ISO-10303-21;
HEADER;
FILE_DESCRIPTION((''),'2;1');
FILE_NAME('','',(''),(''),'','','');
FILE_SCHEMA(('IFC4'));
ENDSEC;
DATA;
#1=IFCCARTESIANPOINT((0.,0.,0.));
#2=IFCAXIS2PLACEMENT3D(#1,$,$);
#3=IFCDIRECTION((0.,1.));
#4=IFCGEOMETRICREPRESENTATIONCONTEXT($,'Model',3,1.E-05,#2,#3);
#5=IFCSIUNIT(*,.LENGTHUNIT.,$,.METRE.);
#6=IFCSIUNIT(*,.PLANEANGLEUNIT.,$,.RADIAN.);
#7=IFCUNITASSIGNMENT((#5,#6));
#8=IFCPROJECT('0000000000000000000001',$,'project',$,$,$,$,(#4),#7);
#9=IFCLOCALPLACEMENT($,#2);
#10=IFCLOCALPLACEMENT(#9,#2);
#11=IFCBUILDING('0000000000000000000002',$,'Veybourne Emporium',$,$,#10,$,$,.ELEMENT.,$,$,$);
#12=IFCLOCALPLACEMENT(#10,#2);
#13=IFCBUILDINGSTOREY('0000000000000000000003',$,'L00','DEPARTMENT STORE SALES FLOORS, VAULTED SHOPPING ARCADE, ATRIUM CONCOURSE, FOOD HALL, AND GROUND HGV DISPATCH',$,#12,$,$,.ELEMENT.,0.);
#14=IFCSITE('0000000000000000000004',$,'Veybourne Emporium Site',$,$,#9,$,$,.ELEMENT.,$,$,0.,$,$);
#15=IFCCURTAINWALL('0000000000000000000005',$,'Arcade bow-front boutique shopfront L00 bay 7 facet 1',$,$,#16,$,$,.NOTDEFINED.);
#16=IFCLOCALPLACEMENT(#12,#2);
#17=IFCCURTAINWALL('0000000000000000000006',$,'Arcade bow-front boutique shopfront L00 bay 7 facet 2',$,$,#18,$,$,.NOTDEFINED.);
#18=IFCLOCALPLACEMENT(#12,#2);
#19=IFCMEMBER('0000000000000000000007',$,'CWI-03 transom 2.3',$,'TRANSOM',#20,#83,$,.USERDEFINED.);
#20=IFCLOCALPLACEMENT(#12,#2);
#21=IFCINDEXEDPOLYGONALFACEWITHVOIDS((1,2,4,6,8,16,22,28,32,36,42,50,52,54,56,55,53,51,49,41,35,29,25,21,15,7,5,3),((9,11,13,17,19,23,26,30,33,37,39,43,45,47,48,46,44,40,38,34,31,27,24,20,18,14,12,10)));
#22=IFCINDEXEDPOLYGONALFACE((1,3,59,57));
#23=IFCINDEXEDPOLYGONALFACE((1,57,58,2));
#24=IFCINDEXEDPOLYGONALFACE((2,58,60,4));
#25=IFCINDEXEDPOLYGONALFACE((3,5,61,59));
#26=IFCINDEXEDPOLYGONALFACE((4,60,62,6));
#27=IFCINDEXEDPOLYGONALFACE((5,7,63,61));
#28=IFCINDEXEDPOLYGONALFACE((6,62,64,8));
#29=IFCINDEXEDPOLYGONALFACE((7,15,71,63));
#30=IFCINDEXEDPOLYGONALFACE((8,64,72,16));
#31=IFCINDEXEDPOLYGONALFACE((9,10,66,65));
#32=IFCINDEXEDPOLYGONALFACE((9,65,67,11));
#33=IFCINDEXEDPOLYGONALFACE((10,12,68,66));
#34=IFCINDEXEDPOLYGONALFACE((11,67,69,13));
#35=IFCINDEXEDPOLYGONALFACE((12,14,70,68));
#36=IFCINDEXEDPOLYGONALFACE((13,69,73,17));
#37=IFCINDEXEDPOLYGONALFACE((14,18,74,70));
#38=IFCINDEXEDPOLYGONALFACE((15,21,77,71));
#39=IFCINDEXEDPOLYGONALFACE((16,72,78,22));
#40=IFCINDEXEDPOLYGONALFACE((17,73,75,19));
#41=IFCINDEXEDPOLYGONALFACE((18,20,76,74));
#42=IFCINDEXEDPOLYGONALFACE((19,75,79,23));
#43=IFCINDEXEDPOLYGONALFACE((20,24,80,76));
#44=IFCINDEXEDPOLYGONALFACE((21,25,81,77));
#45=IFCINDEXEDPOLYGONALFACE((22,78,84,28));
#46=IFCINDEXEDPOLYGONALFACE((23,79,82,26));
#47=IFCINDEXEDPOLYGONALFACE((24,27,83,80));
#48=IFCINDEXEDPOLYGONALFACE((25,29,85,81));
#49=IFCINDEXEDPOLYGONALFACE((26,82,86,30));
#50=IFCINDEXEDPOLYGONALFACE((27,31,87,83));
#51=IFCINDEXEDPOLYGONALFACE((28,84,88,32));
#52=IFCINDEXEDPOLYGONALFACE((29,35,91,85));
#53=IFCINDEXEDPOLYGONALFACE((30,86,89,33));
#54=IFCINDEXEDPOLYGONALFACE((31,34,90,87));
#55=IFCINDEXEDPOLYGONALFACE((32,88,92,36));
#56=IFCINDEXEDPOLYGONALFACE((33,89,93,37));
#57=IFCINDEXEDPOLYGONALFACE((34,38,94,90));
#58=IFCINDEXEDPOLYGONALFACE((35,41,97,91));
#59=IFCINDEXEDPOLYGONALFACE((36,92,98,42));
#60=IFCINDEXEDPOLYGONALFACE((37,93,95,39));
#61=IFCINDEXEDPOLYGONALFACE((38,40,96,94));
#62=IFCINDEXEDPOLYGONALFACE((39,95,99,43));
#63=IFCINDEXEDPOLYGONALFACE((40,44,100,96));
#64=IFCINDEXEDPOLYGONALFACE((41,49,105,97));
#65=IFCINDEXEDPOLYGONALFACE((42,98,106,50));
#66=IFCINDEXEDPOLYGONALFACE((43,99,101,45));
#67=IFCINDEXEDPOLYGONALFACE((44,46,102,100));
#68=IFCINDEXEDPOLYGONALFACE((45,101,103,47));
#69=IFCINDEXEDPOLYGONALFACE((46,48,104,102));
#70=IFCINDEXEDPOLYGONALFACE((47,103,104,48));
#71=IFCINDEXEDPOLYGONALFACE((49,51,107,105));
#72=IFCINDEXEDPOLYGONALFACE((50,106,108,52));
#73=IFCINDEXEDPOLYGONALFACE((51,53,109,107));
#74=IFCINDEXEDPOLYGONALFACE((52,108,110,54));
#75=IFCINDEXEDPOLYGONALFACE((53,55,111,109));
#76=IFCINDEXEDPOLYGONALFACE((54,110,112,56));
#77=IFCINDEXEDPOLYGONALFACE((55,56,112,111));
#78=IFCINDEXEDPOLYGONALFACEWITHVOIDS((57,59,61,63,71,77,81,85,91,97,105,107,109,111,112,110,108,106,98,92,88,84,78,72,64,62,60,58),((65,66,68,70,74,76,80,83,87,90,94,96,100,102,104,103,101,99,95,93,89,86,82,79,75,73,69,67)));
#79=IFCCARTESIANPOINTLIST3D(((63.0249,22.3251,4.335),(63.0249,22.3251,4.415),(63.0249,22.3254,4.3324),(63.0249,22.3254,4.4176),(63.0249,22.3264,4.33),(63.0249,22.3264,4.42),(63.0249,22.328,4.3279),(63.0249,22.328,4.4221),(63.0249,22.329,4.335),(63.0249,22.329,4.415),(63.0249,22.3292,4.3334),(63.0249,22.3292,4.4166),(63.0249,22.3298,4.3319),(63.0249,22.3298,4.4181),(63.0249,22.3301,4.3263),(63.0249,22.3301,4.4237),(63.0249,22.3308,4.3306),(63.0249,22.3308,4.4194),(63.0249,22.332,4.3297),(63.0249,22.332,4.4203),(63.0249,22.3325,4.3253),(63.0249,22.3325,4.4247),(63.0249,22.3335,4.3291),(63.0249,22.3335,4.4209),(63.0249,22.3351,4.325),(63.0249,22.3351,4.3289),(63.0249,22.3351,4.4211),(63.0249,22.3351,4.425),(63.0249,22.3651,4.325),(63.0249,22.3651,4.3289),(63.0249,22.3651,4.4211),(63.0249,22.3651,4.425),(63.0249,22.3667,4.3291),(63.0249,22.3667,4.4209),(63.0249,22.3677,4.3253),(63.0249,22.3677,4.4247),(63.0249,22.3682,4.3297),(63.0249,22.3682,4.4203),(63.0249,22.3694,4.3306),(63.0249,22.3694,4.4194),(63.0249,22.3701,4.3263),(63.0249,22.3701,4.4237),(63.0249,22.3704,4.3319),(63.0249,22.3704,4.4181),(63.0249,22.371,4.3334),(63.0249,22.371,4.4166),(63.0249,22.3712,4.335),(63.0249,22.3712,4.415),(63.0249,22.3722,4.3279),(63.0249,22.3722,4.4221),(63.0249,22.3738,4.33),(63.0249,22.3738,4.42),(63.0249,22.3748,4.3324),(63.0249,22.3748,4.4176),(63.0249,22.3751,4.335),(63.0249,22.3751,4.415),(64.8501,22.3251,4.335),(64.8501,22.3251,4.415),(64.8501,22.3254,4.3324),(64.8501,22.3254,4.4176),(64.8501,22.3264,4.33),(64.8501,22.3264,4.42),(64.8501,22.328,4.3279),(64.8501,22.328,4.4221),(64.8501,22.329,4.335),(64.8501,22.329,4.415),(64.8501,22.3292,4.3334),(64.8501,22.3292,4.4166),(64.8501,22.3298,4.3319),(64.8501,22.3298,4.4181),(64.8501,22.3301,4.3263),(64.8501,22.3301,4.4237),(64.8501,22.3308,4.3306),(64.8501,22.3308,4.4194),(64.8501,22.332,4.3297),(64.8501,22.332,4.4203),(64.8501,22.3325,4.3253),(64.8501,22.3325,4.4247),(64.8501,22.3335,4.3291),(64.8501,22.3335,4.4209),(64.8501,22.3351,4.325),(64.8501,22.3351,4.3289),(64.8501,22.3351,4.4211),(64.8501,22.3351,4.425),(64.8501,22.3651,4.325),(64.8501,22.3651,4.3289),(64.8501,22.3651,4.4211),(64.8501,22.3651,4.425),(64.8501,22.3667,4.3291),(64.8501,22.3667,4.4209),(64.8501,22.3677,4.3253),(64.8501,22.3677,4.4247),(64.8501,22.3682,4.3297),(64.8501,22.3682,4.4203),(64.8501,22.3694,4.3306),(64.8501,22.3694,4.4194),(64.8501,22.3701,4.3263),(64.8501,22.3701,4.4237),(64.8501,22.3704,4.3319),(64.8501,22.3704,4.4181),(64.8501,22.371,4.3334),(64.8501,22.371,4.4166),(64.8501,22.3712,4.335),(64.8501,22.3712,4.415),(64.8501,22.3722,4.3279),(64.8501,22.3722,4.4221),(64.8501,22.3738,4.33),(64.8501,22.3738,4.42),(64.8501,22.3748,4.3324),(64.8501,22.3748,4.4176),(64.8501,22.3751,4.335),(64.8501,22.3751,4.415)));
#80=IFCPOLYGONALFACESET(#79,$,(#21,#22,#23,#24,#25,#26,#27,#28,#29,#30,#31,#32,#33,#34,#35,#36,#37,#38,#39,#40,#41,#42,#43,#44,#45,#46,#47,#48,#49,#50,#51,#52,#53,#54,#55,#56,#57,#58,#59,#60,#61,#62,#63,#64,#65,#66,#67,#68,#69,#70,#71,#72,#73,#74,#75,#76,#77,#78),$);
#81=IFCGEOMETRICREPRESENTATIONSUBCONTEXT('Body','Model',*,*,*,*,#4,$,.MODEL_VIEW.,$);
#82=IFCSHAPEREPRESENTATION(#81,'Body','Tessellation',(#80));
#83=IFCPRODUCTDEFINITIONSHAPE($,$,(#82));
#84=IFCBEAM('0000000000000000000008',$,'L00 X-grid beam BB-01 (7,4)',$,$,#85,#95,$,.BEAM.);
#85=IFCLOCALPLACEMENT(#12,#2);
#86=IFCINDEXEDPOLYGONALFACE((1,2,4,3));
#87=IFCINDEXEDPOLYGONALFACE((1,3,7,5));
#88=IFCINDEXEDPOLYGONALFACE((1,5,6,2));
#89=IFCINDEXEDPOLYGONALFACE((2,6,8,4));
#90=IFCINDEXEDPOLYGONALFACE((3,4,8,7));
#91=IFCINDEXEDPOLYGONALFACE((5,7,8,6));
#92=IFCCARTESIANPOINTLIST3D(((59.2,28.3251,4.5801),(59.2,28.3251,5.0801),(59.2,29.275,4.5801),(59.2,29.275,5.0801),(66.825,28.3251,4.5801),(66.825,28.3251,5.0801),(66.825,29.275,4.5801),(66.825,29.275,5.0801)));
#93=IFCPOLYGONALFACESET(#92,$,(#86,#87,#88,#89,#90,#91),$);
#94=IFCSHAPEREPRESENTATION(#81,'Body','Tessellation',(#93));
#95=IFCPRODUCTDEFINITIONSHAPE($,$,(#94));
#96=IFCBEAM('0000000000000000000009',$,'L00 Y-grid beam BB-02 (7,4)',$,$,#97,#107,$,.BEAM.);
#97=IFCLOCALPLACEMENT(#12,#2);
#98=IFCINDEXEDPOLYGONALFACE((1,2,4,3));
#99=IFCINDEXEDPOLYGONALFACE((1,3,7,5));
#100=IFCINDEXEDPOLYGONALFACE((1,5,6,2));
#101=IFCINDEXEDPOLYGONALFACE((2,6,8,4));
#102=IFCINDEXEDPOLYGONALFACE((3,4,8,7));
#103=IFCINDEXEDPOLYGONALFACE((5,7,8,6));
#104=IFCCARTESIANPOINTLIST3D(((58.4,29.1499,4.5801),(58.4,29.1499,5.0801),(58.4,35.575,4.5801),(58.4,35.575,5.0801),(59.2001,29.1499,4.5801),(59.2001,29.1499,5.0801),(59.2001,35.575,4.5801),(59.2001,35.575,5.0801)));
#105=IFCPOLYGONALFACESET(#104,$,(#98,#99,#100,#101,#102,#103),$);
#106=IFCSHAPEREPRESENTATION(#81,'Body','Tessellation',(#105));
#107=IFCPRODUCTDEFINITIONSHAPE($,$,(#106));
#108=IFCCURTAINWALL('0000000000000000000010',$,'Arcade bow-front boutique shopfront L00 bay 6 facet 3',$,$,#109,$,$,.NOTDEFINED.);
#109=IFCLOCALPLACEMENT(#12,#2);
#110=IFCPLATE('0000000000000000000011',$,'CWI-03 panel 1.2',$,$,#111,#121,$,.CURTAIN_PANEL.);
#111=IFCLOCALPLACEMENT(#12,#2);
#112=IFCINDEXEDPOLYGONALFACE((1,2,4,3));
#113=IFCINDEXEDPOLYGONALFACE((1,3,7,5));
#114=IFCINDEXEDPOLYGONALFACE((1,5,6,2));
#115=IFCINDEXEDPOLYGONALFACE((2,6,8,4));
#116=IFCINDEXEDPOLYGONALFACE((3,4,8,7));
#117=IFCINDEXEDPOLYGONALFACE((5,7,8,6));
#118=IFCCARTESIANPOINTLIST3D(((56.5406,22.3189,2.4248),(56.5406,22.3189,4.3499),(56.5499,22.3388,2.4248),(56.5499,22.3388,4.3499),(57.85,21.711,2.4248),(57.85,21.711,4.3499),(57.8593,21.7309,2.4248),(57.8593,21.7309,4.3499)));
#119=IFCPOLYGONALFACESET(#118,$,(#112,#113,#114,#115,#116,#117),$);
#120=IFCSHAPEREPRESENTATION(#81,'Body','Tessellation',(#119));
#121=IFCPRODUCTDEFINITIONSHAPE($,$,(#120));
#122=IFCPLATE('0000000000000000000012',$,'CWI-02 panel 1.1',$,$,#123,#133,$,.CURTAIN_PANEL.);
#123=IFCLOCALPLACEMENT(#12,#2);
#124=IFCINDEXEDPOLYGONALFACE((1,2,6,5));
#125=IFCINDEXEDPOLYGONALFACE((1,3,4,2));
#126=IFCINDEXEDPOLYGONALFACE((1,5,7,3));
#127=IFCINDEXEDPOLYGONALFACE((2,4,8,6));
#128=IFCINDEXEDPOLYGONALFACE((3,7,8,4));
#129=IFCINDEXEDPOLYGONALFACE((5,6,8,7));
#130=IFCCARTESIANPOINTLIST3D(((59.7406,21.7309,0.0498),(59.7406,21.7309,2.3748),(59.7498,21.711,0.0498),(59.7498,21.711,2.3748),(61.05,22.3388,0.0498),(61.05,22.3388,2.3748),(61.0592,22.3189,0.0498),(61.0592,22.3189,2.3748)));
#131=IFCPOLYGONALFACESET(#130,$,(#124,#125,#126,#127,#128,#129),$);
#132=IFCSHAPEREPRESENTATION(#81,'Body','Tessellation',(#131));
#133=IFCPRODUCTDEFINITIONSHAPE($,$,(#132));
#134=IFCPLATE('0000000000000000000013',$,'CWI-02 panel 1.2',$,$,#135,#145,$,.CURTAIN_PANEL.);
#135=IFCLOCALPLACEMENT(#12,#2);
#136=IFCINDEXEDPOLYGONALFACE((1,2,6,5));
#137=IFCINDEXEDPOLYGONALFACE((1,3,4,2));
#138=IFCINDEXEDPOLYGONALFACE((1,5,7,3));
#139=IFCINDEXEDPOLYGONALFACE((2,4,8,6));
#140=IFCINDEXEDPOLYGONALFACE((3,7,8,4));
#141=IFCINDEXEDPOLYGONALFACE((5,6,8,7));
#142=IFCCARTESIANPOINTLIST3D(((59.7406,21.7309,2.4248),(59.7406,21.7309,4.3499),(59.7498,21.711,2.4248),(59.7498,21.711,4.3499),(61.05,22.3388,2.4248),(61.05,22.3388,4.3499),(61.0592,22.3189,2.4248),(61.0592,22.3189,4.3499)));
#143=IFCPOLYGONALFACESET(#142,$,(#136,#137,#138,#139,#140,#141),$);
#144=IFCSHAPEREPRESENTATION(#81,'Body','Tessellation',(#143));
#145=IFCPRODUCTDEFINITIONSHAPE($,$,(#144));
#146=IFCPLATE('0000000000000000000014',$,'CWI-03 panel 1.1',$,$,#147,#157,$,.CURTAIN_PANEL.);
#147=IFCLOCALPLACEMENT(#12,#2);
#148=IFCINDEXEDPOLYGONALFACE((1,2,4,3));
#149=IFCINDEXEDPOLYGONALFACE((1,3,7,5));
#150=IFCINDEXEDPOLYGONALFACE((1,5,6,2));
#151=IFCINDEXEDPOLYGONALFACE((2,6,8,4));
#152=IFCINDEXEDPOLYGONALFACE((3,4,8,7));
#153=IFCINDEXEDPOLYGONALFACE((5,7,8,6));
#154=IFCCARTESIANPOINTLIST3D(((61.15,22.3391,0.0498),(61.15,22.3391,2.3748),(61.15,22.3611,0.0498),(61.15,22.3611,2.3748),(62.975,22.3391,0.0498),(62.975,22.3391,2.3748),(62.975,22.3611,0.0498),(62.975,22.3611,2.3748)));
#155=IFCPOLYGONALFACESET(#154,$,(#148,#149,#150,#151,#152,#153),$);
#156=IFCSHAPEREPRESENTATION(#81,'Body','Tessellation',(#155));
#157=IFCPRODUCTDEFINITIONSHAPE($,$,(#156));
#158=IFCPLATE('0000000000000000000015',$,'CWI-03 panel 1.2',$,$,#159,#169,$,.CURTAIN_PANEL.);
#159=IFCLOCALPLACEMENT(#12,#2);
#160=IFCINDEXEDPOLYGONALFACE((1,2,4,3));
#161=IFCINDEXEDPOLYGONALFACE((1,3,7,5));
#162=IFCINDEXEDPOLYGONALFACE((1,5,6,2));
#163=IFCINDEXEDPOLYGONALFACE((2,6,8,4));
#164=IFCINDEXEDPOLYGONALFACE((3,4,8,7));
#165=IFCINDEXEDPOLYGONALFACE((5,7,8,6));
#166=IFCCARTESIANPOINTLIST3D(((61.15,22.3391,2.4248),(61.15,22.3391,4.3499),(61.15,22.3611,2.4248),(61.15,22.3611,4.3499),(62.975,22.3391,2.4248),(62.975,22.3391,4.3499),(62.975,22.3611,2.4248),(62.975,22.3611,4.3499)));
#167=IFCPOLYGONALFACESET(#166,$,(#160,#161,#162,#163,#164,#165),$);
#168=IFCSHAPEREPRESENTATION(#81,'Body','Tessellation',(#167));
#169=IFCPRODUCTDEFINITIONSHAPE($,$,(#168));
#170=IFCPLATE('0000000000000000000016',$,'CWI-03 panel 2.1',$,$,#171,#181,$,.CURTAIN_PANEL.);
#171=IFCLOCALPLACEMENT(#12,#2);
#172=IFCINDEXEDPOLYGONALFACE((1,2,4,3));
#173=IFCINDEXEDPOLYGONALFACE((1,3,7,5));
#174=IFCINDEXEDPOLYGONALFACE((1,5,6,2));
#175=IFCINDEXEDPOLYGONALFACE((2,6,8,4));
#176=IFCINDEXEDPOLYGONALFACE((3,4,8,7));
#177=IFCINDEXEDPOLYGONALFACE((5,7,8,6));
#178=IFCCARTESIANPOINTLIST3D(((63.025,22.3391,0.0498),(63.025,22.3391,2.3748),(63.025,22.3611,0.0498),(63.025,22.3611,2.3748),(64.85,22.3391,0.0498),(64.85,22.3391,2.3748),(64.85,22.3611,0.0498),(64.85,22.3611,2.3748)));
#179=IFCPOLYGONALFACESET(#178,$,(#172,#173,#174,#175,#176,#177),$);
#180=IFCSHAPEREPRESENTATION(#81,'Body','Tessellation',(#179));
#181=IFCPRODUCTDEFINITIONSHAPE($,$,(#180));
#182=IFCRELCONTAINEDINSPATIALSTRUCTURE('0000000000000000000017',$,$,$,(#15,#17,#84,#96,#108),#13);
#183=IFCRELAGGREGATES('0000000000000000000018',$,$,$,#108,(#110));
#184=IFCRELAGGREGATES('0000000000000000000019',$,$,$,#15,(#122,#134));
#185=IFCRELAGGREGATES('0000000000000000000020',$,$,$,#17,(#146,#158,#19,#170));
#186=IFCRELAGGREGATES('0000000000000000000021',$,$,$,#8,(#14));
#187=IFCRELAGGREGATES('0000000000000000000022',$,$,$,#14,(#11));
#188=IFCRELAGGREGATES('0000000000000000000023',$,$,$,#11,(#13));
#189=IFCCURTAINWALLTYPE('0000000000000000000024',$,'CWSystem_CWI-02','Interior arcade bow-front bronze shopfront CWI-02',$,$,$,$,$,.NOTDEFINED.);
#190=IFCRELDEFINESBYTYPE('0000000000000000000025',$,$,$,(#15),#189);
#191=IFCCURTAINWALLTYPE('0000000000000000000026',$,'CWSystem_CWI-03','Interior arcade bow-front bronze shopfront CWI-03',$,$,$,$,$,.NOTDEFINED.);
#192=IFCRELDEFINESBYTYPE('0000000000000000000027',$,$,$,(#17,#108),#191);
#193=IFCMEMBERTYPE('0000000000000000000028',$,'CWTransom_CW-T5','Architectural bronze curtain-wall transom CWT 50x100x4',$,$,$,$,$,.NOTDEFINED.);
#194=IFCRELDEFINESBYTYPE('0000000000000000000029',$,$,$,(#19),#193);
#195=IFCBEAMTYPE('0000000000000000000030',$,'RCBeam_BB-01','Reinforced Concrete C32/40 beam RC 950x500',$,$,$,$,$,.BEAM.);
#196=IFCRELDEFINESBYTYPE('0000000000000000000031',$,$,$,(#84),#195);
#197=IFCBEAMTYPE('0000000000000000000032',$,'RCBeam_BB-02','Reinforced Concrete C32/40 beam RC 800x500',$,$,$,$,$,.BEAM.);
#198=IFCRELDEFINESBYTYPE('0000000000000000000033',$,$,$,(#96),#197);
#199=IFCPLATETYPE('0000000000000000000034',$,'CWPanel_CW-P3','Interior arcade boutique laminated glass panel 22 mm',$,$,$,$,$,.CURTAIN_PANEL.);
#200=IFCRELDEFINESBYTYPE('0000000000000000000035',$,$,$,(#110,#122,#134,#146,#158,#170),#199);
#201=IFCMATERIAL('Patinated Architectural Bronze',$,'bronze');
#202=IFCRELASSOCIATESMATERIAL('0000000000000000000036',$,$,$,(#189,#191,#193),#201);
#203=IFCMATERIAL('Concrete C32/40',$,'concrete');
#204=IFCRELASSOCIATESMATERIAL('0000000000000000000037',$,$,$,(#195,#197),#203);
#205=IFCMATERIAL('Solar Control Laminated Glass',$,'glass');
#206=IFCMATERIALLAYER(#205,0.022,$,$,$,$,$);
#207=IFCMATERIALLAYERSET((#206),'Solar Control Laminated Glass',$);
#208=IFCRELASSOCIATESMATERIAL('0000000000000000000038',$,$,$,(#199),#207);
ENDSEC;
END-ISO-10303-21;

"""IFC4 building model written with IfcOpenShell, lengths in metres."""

from ifc_helpers import new_model, si_unit, direction, frame, origin, origin_2d, place, context, subcontext, project, spatial, rectangle, hollow_rectangle, extrude, material, layer, layer_set, material_profile, profile_set, type_object, element, aggregate, save


model = new_model("IFC4")

# Units and contexts
model_context = context("Model", 3, precision=1e-05, world=origin(), true_north=direction((0.0, 1.0)))
body_context = subcontext(model_context, "Body", "Model", "MODEL_VIEW")
ifc_project = project(units=[si_unit("LENGTHUNIT", "METRE"), si_unit("PLANEANGLEUNIT", "RADIAN")], contexts=[model_context])

# Site, building, storey
site_placement = place(None, origin())
site = spatial("IfcSite", under=ifc_project, at=site_placement, Name="Veybourne Emporium Site", CompositionType="ELEMENT", RefElevation=0.0)
building_placement = place(site_placement, origin())
building = spatial("IfcBuilding", under=site, at=building_placement, Name="Veybourne Emporium", CompositionType="ELEMENT")
storey_placement = place(building_placement, origin())
storey = spatial("IfcBuildingStorey", under=building, at=storey_placement, Name="L00", Description="DEPARTMENT STORE SALES FLOORS, VAULTED SHOPPING ARCADE, ATRIUM CONCOURSE, FOOD HALL, AND GROUND HGV DISPATCH", CompositionType="ELEMENT", Elevation=0.0)

# Curtain wall
ifc_material_1 = material(Name="Patinated Architectural Bronze", Category="bronze")
curtain_wall_type_1 = type_object("IfcCurtainWallType", Name="CWSystem_CWI-02", Description="Interior arcade bow-front bronze shopfront CWI-02", PredefinedType="NOTDEFINED", material=ifc_material_1)
curtain_wall_1_placement = place(storey_placement, origin())
curtain_wall_1 = element("IfcCurtainWall", 1, at=curtain_wall_1_placement, inside=storey, type_object=curtain_wall_type_1, Name="Arcade bow-front boutique shopfront L00 bay 7 facet 1", PredefinedType="NOTDEFINED")

# Curtain wall, member
curtain_wall_type_2 = type_object("IfcCurtainWallType", Name="CWSystem_CWI-03", Description="Interior arcade bow-front bronze shopfront CWI-03", PredefinedType="NOTDEFINED", material=ifc_material_1)
curtain_wall_2_placement = place(storey_placement, origin())
curtain_wall_2 = element("IfcCurtainWall", 2, at=curtain_wall_2_placement, inside=storey, type_object=curtain_wall_type_2, Name="Arcade bow-front boutique shopfront L00 bay 7 facet 2", PredefinedType="NOTDEFINED")
ifc_material_profile_1 = material_profile(ifc_material_1, hollow_rectangle(XDim=0.05, YDim=0.1001, WallThickness=0.0039, InnerFilletRadius=0.0061, OuterFilletRadius=0.01, at=origin_2d()), Name="CWT 50x100x4")
ifc_profile_set_1 = profile_set([ifc_material_profile_1], Name="Patinated Architectural Bronze")
member_type_1 = type_object("IfcMemberType", Name="CWTransom_CW-T5", Description="Architectural bronze curtain-wall transom CWT 50x100x4", PredefinedType="NOTDEFINED", material=ifc_profile_set_1)
member_1_placement = place(storey_placement, frame((63.0249, 22.3501, 4.375), z_axis=(1.0, 0.0, 0.0), x_axis=(0.0, 1.0, 0.0)))
member_1 = element("IfcMember", 3, at=member_1_placement, type_object=member_type_1, Name="CWI-03 transom 2.3", ObjectType="TRANSOM", PredefinedType="USERDEFINED", context=body_context, shape_type="SweptSolid", body=[
    extrude(hollow_rectangle(XDim=0.05, YDim=0.1001, WallThickness=0.0039, InnerFilletRadius=0.0061, OuterFilletRadius=0.01, at=origin_2d()), origin(), (0.0, 0.0, 1.0), 1.8252),
])

# Beams
ifc_material_2 = material(Name="Concrete C32/40", Category="concrete")
ifc_material_profile_2 = material_profile(ifc_material_2, rectangle(XDim=0.95, YDim=0.5, at=origin_2d()), Name="RC 950x500")
ifc_profile_set_2 = profile_set([ifc_material_profile_2], Name="Concrete C32/40")
beam_type_1 = type_object("IfcBeamType", Name="RCBeam_BB-01", Description="Reinforced Concrete C32/40 beam RC 950x500", PredefinedType="BEAM", material=ifc_profile_set_2)
beam_1_placement = place(storey_placement, frame((59.2, 28.8, 4.8301), z_axis=(1.0, 0.0, 0.0), x_axis=(0.0, 1.0, 0.0)))
element("IfcBeam", 4, at=beam_1_placement, inside=storey, type_object=beam_type_1, Name="L00 X-grid beam BB-01 (7,4)", PredefinedType="BEAM", context=body_context, shape_type="SweptSolid", body=[
    extrude(rectangle(XDim=0.95, YDim=0.5, at=origin_2d()), origin(), (0.0, 0.0, 1.0), 7.625),
])
ifc_material_profile_3 = material_profile(ifc_material_2, rectangle(XDim=0.8, YDim=0.5, at=origin_2d()), Name="RC 800x500")
ifc_profile_set_3 = profile_set([ifc_material_profile_3], Name="Concrete C32/40")
beam_type_2 = type_object("IfcBeamType", Name="RCBeam_BB-02", Description="Reinforced Concrete C32/40 beam RC 800x500", PredefinedType="BEAM", material=ifc_profile_set_3)
beam_2_placement = place(storey_placement, frame((58.8, 29.1499, 4.8301), z_axis=(0.0, 1.0, 0.0), x_axis=(-1.0, 0.0, 0.0)))
element("IfcBeam", 5, at=beam_2_placement, inside=storey, type_object=beam_type_2, Name="L00 Y-grid beam BB-02 (7,4)", PredefinedType="BEAM", context=body_context, shape_type="SweptSolid", body=[
    extrude(rectangle(XDim=0.8, YDim=0.5, at=origin_2d()), origin(), (0.0, 0.0, 1.0), 6.425),
])

# Curtain wall, plate
curtain_wall_3_placement = place(storey_placement, origin())
curtain_wall_3 = element("IfcCurtainWall", 6, at=curtain_wall_3_placement, inside=storey, type_object=curtain_wall_type_2, Name="Arcade bow-front boutique shopfront L00 bay 6 facet 3", PredefinedType="NOTDEFINED")
ifc_material_3 = material(Name="Solar Control Laminated Glass", Category="glass")
ifc_layer = layer(ifc_material_3, 0.022)
ifc_layer_set = layer_set([ifc_layer], Name="Solar Control Laminated Glass")
plate_type = type_object("IfcPlateType", Name="CWPanel_CW-P3", Description="Interior arcade boutique laminated glass panel 22 mm", PredefinedType="CURTAIN_PANEL", material=ifc_layer_set)
plate_1_placement = place(storey_placement, frame((57.2, 22.0249, 2.4248), z_axis=(0.0, 0.0, 1.0), x_axis=(0.907009, -0.421111, 0.0)))
plate_1 = element("IfcPlate", 7, at=plate_1_placement, type_object=plate_type, Name="CWI-03 panel 1.2", PredefinedType="CURTAIN_PANEL", context=body_context, shape_type="SweptSolid", body=[
    extrude(rectangle(XDim=1.4436, YDim=0.022, at=origin_2d()), origin(), (0.0, 0.0, 1.0), 1.925),
])
aggregate(curtain_wall_3, [plate_1])

# Plates
plate_2_placement = place(storey_placement, frame((60.3999, 22.0249, 0.0498), z_axis=(0.0, 0.0, 1.0), x_axis=(0.907009, 0.421111, 0.0)))
plate_2 = element("IfcPlate", 8, at=plate_2_placement, type_object=plate_type, Name="CWI-02 panel 1.1", PredefinedType="CURTAIN_PANEL", context=body_context, shape_type="SweptSolid", body=[
    extrude(rectangle(XDim=1.4436, YDim=0.022, at=origin_2d()), origin(), (0.0, 0.0, 1.0), 2.325),
])
plate_3_placement = place(storey_placement, frame((60.3999, 22.0249, 2.4248), z_axis=(0.0, 0.0, 1.0), x_axis=(0.907009, 0.421111, 0.0)))
plate_3 = element("IfcPlate", 9, at=plate_3_placement, type_object=plate_type, Name="CWI-02 panel 1.2", PredefinedType="CURTAIN_PANEL", context=body_context, shape_type="SweptSolid", body=[
    extrude(rectangle(XDim=1.4436, YDim=0.022, at=origin_2d()), origin(), (0.0, 0.0, 1.0), 1.925),
])
aggregate(curtain_wall_1, [plate_2, plate_3])
plate_4_placement = place(storey_placement, frame((62.0625, 22.3501, 0.0498), z_axis=(0.0, 0.0, 1.0), x_axis=(1.0, 0.0, 0.0)))
plate_4 = element("IfcPlate", 10, at=plate_4_placement, type_object=plate_type, Name="CWI-03 panel 1.1", PredefinedType="CURTAIN_PANEL", context=body_context, shape_type="SweptSolid", body=[
    extrude(rectangle(XDim=1.825, YDim=0.022, at=origin_2d()), origin(), (0.0, 0.0, 1.0), 2.325),
])
plate_5_placement = place(storey_placement, frame((62.0625, 22.3501, 2.4248), z_axis=(0.0, 0.0, 1.0), x_axis=(1.0, 0.0, 0.0)))
plate_5 = element("IfcPlate", 11, at=plate_5_placement, type_object=plate_type, Name="CWI-03 panel 1.2", PredefinedType="CURTAIN_PANEL", context=body_context, shape_type="SweptSolid", body=[
    extrude(rectangle(XDim=1.825, YDim=0.022, at=origin_2d()), origin(), (0.0, 0.0, 1.0), 1.925),
])
plate_6_placement = place(storey_placement, frame((63.9375, 22.3501, 0.0498), z_axis=(0.0, 0.0, 1.0), x_axis=(1.0, 0.0, 0.0)))
plate_6 = element("IfcPlate", 12, at=plate_6_placement, type_object=plate_type, Name="CWI-03 panel 2.1", PredefinedType="CURTAIN_PANEL", context=body_context, shape_type="SweptSolid", body=[
    extrude(rectangle(XDim=1.825, YDim=0.022, at=origin_2d()), origin(), (0.0, 0.0, 1.0), 2.325),
])
aggregate(curtain_wall_2, [plate_4, plate_5, member_1, plate_6])

save(model, "model.ifc")
